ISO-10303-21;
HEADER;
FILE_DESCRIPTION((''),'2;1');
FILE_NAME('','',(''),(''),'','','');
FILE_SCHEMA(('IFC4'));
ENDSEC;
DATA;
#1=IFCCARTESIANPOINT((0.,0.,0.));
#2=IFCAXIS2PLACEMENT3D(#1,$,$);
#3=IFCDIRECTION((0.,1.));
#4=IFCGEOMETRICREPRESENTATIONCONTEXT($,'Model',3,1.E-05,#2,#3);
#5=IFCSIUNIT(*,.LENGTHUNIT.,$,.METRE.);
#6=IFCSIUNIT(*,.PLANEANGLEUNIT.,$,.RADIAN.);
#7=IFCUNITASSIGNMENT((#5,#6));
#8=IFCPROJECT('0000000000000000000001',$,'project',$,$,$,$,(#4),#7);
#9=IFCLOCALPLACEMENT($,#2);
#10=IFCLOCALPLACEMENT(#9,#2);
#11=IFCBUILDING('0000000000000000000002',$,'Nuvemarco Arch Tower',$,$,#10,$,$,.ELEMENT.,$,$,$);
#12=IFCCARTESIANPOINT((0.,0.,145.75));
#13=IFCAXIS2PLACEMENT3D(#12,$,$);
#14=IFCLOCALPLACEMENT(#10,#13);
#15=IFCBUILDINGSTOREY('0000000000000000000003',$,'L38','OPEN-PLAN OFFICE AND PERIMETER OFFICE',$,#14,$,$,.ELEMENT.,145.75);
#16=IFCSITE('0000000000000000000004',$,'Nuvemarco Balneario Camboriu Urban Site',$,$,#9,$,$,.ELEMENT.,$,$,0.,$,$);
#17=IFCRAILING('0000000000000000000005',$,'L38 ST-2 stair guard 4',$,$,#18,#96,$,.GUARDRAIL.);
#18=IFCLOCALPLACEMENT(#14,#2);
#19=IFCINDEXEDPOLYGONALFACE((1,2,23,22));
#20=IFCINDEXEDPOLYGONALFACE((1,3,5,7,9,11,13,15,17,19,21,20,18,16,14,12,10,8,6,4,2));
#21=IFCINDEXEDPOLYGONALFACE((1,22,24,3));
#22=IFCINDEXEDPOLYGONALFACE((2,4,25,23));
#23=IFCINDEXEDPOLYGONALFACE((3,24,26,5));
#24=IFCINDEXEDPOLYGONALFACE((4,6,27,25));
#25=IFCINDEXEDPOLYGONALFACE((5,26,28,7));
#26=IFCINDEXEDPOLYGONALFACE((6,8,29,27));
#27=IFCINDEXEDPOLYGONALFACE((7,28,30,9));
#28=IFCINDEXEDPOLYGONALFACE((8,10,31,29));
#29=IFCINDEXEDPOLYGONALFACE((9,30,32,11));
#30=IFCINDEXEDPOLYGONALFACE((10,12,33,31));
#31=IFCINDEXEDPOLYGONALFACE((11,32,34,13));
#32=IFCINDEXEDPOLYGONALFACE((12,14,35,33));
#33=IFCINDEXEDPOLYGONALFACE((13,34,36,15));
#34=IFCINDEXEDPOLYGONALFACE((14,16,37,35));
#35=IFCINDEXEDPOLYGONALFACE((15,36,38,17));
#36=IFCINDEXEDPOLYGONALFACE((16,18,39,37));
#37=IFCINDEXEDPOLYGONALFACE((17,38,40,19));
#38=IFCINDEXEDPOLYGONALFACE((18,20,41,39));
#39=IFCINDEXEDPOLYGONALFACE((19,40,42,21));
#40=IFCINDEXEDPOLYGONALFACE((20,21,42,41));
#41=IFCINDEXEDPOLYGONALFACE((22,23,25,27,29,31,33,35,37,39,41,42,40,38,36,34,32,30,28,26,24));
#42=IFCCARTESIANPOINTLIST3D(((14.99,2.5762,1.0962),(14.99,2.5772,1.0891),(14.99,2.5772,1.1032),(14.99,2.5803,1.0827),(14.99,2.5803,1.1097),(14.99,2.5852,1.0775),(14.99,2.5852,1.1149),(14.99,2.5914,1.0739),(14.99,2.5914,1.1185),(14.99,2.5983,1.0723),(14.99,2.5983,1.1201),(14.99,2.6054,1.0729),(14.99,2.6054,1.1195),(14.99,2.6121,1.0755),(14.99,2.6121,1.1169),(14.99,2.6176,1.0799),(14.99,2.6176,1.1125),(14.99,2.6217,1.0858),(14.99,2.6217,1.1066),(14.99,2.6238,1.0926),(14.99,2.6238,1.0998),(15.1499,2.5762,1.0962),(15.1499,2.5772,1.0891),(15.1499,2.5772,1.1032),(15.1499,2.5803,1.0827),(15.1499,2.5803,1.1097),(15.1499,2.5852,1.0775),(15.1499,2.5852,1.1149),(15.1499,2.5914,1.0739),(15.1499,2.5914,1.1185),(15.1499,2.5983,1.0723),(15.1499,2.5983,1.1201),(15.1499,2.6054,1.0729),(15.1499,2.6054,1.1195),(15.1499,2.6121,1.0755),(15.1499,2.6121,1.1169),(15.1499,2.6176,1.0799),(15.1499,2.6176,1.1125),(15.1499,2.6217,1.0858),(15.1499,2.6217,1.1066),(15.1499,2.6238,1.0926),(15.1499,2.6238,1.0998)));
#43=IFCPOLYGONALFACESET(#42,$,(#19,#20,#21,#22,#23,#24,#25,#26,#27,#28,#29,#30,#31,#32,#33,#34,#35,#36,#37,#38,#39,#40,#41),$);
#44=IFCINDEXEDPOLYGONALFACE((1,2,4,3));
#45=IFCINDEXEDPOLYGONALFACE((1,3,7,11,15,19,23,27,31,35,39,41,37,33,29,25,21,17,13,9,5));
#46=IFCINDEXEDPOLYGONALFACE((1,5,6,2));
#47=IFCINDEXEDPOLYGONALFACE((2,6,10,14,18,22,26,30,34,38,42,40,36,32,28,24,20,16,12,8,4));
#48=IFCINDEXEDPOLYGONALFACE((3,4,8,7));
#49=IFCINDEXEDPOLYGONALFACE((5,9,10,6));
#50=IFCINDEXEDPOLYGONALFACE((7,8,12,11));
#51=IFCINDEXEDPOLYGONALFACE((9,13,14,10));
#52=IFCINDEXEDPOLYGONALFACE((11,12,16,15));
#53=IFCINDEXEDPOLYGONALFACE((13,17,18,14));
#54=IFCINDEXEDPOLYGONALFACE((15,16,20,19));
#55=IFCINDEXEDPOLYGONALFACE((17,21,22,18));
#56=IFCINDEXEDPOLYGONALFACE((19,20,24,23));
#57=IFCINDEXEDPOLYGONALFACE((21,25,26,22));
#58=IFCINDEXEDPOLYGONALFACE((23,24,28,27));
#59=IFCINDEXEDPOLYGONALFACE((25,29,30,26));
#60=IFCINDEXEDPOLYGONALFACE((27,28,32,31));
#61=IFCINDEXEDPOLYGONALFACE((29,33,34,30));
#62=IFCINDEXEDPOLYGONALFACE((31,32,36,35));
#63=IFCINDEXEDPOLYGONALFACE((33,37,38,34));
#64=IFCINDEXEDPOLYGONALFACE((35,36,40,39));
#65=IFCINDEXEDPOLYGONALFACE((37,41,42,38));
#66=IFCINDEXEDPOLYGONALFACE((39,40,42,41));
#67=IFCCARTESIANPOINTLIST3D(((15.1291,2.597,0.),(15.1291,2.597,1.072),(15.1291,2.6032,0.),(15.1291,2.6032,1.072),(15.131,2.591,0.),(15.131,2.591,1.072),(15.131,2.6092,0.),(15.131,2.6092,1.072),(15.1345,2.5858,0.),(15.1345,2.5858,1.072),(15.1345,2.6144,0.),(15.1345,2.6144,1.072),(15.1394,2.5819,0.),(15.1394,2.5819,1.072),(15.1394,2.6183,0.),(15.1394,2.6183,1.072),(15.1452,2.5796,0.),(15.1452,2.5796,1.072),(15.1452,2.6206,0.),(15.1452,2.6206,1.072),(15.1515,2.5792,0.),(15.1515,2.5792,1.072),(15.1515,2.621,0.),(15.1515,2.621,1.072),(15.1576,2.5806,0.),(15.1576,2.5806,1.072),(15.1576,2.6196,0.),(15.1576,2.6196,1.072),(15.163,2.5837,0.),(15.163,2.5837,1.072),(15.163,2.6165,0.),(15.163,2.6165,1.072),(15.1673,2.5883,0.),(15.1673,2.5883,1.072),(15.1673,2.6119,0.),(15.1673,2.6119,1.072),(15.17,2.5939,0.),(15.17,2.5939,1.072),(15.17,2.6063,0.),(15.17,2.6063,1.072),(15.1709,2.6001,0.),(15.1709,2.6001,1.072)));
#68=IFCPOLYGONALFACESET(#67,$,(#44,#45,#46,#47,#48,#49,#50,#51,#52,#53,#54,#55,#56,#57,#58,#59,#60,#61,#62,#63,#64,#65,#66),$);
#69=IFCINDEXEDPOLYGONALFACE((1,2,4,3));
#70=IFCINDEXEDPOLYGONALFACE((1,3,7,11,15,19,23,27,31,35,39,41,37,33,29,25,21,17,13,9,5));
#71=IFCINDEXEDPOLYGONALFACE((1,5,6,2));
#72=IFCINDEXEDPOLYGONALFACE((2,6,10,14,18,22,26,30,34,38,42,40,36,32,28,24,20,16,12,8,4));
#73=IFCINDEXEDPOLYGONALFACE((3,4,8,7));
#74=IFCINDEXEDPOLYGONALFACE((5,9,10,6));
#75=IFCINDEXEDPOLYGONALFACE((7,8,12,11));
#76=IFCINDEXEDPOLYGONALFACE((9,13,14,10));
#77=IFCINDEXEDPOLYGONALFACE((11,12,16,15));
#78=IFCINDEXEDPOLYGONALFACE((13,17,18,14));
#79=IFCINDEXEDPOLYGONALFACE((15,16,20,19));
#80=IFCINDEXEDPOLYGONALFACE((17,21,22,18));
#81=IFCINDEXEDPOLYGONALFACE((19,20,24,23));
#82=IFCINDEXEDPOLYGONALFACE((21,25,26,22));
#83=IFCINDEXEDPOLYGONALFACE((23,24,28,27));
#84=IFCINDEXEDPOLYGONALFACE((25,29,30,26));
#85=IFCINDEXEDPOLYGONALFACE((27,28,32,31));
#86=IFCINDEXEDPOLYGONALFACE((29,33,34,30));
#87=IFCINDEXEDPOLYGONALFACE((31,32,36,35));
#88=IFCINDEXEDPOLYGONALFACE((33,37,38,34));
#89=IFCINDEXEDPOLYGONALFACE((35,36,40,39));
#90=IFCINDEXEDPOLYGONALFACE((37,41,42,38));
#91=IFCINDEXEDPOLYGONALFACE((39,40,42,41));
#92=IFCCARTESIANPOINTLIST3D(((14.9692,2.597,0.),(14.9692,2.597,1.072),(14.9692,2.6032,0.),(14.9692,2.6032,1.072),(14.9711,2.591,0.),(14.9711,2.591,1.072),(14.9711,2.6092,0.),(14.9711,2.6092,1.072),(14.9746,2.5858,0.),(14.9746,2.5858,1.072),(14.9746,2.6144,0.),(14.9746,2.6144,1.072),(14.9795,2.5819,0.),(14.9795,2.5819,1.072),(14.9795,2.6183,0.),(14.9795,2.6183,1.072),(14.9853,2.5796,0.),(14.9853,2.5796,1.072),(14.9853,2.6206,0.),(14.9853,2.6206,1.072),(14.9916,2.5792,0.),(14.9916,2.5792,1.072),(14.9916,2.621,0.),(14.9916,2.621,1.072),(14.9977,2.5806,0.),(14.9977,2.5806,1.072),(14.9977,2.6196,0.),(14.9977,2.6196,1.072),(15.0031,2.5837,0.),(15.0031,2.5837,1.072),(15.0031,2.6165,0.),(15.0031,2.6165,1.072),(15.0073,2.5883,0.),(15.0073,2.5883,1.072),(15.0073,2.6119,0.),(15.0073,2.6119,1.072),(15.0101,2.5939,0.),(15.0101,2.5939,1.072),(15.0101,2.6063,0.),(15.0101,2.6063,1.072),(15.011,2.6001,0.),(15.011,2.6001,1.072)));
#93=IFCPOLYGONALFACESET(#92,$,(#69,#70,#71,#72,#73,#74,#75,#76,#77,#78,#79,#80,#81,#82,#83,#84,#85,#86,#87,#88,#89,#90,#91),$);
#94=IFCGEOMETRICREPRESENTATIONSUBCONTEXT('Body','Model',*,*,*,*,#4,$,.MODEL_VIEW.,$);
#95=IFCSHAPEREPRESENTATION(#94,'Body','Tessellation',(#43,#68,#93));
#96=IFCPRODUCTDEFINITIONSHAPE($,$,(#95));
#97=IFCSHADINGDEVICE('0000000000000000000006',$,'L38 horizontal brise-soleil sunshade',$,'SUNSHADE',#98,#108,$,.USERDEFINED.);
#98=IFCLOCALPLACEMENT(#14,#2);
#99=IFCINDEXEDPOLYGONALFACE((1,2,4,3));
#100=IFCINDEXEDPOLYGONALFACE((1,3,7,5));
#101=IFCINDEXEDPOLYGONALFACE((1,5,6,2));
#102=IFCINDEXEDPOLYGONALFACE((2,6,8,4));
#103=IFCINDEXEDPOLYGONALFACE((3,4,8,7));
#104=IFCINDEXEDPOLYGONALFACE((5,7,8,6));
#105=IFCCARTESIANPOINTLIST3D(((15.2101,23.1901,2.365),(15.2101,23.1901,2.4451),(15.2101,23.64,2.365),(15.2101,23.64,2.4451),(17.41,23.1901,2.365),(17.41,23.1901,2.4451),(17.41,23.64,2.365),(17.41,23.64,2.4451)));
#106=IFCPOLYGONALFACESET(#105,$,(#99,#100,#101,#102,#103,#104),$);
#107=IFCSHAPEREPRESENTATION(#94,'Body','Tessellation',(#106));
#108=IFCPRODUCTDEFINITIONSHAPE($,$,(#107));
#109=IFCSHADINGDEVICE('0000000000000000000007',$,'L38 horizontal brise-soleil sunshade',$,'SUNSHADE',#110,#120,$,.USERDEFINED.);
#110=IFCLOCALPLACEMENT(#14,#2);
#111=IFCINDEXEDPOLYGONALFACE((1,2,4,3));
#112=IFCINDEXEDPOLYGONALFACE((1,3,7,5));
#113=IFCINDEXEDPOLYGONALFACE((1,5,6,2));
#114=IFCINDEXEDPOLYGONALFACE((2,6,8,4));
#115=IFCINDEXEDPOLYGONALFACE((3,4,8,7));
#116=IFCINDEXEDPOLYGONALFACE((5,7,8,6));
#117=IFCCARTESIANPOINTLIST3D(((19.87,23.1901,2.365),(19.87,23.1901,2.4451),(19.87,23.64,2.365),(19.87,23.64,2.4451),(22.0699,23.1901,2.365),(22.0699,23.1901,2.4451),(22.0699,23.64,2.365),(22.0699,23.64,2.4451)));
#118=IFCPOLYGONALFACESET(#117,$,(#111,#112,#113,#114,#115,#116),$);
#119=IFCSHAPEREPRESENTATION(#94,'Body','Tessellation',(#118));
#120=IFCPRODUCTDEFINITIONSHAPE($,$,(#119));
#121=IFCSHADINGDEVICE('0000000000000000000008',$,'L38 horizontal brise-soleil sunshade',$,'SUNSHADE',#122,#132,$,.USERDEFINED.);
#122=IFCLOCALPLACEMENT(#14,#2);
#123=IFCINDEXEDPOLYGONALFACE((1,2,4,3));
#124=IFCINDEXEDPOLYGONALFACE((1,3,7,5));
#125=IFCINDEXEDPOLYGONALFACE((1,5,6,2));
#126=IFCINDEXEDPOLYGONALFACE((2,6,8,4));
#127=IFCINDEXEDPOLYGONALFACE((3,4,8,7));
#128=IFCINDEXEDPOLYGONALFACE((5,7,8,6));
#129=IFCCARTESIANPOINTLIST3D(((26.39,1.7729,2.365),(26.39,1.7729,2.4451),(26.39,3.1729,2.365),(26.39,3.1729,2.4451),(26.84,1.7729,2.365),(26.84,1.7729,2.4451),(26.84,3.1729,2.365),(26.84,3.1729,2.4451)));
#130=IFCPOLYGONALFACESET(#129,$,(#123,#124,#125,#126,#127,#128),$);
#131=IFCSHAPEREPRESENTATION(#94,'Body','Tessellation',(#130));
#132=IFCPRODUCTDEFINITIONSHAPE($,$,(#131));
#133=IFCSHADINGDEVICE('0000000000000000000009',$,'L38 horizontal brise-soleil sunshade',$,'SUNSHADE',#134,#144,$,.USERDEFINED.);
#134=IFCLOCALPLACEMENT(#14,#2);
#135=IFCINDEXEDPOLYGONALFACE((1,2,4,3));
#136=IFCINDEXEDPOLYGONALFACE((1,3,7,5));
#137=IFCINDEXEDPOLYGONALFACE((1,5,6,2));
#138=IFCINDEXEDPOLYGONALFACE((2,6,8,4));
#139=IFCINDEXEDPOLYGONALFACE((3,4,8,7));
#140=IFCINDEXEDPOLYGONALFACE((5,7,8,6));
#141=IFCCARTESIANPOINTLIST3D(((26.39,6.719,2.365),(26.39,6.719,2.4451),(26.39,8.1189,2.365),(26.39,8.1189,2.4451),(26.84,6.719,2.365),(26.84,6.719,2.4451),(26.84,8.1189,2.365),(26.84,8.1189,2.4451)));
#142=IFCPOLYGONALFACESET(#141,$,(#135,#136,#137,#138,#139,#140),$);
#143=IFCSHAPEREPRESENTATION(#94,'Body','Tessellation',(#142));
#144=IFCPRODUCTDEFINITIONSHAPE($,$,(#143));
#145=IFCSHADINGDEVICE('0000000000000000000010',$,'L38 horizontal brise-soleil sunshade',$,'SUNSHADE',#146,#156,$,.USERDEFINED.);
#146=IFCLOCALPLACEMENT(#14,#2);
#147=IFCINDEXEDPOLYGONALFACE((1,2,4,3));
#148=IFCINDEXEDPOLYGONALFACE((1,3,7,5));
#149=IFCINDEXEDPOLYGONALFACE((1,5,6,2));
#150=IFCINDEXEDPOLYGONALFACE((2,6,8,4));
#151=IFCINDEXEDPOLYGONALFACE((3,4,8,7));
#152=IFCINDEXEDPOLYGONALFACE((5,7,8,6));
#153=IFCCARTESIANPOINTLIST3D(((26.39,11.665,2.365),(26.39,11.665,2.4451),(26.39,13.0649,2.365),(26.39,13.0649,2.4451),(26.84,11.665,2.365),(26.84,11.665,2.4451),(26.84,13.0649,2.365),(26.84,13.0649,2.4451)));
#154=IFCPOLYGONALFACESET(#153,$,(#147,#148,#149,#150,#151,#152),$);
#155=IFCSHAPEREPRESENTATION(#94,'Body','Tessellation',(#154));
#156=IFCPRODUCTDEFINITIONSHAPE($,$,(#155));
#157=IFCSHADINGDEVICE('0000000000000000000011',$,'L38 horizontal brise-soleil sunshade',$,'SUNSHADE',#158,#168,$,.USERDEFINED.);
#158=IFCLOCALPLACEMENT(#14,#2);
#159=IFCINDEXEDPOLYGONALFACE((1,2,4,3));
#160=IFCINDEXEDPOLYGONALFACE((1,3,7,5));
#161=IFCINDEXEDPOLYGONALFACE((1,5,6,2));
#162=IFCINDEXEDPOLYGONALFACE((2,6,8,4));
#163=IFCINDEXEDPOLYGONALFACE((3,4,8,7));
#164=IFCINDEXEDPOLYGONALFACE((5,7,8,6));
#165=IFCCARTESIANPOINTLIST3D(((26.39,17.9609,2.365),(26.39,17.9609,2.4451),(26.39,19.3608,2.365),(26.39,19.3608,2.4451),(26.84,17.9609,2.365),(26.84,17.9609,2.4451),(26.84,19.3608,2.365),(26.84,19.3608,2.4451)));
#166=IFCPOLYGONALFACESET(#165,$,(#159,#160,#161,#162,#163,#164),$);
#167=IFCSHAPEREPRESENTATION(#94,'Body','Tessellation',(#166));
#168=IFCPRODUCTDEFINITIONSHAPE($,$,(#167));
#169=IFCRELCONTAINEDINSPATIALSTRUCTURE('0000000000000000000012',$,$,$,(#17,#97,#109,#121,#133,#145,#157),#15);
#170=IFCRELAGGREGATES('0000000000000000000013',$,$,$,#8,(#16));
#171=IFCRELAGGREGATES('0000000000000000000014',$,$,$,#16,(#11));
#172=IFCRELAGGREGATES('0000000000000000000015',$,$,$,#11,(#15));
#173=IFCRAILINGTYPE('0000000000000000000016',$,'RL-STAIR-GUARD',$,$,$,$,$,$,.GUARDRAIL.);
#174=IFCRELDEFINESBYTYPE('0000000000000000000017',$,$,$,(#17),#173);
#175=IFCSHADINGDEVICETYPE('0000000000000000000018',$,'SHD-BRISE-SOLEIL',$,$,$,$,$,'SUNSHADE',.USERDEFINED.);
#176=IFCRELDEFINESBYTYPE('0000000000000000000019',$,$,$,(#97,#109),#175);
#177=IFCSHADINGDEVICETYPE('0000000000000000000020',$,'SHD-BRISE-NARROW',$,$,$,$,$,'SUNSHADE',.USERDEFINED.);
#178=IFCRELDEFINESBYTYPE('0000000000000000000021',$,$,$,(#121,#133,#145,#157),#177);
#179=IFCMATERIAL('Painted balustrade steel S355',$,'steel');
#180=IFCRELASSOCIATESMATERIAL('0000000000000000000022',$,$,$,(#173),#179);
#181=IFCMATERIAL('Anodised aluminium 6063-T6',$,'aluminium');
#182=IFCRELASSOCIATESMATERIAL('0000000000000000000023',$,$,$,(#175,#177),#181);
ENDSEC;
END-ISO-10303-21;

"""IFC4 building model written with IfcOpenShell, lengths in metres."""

from ifc_helpers import new_model, si_unit, direction, frame, origin, origin_2d, place, context, subcontext, project, spatial, rectangle, circle, extrude, source, transform, mapped, material, type_object, type_shapes, element, save


model = new_model("IFC4")

# Units and contexts
model_context = context("Model", 3, precision=1e-05, world=origin(), true_north=direction((0.0, 1.0)))
body_context = subcontext(model_context, "Body", "Model", "MODEL_VIEW")
ifc_project = project(units=[si_unit("LENGTHUNIT", "METRE"), si_unit("PLANEANGLEUNIT", "RADIAN")], contexts=[model_context])

# Site, building, storey
site_placement = place(None, origin())
site = spatial("IfcSite", under=ifc_project, at=site_placement, Name="Nuvemarco Balneario Camboriu Urban Site", CompositionType="ELEMENT", RefElevation=0.0)
building_placement = place(site_placement, origin())
building = spatial("IfcBuilding", under=site, at=building_placement, Name="Nuvemarco Arch Tower", CompositionType="ELEMENT")
storey_placement = place(building_placement, frame((0.0, 0.0, 145.75)))
storey = spatial("IfcBuildingStorey", under=building, at=storey_placement, Name="L38", Description="OPEN-PLAN OFFICE AND PERIMETER OFFICE", CompositionType="ELEMENT", Elevation=145.75)

# Railing
ifc_material_1 = material(Name="Painted balustrade steel S355", Category="steel")
railing_type_1 = type_object("IfcRailingType", Name="RL-STAIR-GUARD", PredefinedType="GUARDRAIL", material=ifc_material_1)
railing_1_placement = place(storey_placement, frame((15.1499, 2.6001, 0.0)))
element("IfcRailing", 1, at=railing_1_placement, inside=storey, type_object=railing_type_1, Name="L38 ST-2 stair guard 4", PredefinedType="GUARDRAIL", context=body_context, shape_type="SweptSolid", body=[
    extrude(circle(Radius=0.0239, at=origin_2d()), frame((0.0, 0.0, 1.0962), z_axis=(-1.0, 0.0, 0.0), x_axis=(0.0, -1.0, 0.0)), (0.0, 0.0, 1.0), 0.1599),
    extrude(circle(Radius=0.021, at=origin_2d()), origin(), (0.0, 0.0, 1.0), 1.072),
    extrude(circle(Radius=0.021, at=origin_2d()), frame((-0.1599, 0.0, 0.0)), (0.0, 0.0, 1.0), 1.072),
])

# Shading devices
ifc_material_2 = material(Name="Anodised aluminium 6063-T6", Category="aluminium")
shading_device_type_1 = type_object("IfcShadingDeviceType", Name="SHD-BRISE-SOLEIL", ElementType="SUNSHADE", PredefinedType="USERDEFINED", material=ifc_material_2)
shared_shape_1 = source(origin(), body_context, "Body", "SweptSolid", [
    extrude(rectangle(XDim=2.2, YDim=0.45, at=origin_2d()), origin(), (0.0, 0.0, 1.0), 0.0801),
])
type_shapes(shading_device_type_1, [shared_shape_1])
for number, where, z_axis, x_axis, name in (
    (2, (16.3101, 23.415, 2.365), (0.0, 0.0, 1.0), (1.0, 0.0, 0.0), "L38 horizontal brise-soleil sunshade"),
    (3, (20.97, 23.415, 2.365), (0.0, 0.0, 1.0), (1.0, 0.0, 0.0), "L38 horizontal brise-soleil sunshade"),
):
    element("IfcShadingDevice", number, at=place(storey_placement, frame(where, z_axis=z_axis, x_axis=x_axis)), inside=storey, type_object=shading_device_type_1, Name=name, ObjectType="SUNSHADE", PredefinedType="USERDEFINED", context=body_context, shape_type="MappedRepresentation", body=[
        mapped(shared_shape_1, transform((0.0, 0.0, 0.0), scale=1.0)),
    ])
shading_device_type_2 = type_object("IfcShadingDeviceType", Name="SHD-BRISE-NARROW", ElementType="SUNSHADE", PredefinedType="USERDEFINED", material=ifc_material_2)
shared_shape_2 = source(origin(), body_context, "Body", "SweptSolid", [
    extrude(rectangle(XDim=1.3999, YDim=0.45, at=origin_2d()), origin(), (0.0, 0.0, 1.0), 0.0801),
])
type_shapes(shading_device_type_2, [shared_shape_2])
for number, where, z_axis, x_axis, name in (
    (4, (26.615, 2.4729, 2.365), (0.0, 0.0, 1.0), (0.0, 1.0, 0.0), "L38 horizontal brise-soleil sunshade"),
    (5, (26.615, 7.4189, 2.365), (0.0, 0.0, 1.0), (0.0, 1.0, 0.0), "L38 horizontal brise-soleil sunshade"),
    (6, (26.615, 12.365, 2.365), (0.0, 0.0, 1.0), (0.0, 1.0, 0.0), "L38 horizontal brise-soleil sunshade"),
    (7, (26.615, 18.6609, 2.365), (0.0, 0.0, 1.0), (0.0, 1.0, 0.0), "L38 horizontal brise-soleil sunshade"),
):
    element("IfcShadingDevice", number, at=place(storey_placement, frame(where, z_axis=z_axis, x_axis=x_axis)), inside=storey, type_object=shading_device_type_2, Name=name, ObjectType="SUNSHADE", PredefinedType="USERDEFINED", context=body_context, shape_type="MappedRepresentation", body=[
        mapped(shared_shape_2, transform((0.0, 0.0, 0.0), scale=1.0)),
    ])

save(model, "model.ifc")
